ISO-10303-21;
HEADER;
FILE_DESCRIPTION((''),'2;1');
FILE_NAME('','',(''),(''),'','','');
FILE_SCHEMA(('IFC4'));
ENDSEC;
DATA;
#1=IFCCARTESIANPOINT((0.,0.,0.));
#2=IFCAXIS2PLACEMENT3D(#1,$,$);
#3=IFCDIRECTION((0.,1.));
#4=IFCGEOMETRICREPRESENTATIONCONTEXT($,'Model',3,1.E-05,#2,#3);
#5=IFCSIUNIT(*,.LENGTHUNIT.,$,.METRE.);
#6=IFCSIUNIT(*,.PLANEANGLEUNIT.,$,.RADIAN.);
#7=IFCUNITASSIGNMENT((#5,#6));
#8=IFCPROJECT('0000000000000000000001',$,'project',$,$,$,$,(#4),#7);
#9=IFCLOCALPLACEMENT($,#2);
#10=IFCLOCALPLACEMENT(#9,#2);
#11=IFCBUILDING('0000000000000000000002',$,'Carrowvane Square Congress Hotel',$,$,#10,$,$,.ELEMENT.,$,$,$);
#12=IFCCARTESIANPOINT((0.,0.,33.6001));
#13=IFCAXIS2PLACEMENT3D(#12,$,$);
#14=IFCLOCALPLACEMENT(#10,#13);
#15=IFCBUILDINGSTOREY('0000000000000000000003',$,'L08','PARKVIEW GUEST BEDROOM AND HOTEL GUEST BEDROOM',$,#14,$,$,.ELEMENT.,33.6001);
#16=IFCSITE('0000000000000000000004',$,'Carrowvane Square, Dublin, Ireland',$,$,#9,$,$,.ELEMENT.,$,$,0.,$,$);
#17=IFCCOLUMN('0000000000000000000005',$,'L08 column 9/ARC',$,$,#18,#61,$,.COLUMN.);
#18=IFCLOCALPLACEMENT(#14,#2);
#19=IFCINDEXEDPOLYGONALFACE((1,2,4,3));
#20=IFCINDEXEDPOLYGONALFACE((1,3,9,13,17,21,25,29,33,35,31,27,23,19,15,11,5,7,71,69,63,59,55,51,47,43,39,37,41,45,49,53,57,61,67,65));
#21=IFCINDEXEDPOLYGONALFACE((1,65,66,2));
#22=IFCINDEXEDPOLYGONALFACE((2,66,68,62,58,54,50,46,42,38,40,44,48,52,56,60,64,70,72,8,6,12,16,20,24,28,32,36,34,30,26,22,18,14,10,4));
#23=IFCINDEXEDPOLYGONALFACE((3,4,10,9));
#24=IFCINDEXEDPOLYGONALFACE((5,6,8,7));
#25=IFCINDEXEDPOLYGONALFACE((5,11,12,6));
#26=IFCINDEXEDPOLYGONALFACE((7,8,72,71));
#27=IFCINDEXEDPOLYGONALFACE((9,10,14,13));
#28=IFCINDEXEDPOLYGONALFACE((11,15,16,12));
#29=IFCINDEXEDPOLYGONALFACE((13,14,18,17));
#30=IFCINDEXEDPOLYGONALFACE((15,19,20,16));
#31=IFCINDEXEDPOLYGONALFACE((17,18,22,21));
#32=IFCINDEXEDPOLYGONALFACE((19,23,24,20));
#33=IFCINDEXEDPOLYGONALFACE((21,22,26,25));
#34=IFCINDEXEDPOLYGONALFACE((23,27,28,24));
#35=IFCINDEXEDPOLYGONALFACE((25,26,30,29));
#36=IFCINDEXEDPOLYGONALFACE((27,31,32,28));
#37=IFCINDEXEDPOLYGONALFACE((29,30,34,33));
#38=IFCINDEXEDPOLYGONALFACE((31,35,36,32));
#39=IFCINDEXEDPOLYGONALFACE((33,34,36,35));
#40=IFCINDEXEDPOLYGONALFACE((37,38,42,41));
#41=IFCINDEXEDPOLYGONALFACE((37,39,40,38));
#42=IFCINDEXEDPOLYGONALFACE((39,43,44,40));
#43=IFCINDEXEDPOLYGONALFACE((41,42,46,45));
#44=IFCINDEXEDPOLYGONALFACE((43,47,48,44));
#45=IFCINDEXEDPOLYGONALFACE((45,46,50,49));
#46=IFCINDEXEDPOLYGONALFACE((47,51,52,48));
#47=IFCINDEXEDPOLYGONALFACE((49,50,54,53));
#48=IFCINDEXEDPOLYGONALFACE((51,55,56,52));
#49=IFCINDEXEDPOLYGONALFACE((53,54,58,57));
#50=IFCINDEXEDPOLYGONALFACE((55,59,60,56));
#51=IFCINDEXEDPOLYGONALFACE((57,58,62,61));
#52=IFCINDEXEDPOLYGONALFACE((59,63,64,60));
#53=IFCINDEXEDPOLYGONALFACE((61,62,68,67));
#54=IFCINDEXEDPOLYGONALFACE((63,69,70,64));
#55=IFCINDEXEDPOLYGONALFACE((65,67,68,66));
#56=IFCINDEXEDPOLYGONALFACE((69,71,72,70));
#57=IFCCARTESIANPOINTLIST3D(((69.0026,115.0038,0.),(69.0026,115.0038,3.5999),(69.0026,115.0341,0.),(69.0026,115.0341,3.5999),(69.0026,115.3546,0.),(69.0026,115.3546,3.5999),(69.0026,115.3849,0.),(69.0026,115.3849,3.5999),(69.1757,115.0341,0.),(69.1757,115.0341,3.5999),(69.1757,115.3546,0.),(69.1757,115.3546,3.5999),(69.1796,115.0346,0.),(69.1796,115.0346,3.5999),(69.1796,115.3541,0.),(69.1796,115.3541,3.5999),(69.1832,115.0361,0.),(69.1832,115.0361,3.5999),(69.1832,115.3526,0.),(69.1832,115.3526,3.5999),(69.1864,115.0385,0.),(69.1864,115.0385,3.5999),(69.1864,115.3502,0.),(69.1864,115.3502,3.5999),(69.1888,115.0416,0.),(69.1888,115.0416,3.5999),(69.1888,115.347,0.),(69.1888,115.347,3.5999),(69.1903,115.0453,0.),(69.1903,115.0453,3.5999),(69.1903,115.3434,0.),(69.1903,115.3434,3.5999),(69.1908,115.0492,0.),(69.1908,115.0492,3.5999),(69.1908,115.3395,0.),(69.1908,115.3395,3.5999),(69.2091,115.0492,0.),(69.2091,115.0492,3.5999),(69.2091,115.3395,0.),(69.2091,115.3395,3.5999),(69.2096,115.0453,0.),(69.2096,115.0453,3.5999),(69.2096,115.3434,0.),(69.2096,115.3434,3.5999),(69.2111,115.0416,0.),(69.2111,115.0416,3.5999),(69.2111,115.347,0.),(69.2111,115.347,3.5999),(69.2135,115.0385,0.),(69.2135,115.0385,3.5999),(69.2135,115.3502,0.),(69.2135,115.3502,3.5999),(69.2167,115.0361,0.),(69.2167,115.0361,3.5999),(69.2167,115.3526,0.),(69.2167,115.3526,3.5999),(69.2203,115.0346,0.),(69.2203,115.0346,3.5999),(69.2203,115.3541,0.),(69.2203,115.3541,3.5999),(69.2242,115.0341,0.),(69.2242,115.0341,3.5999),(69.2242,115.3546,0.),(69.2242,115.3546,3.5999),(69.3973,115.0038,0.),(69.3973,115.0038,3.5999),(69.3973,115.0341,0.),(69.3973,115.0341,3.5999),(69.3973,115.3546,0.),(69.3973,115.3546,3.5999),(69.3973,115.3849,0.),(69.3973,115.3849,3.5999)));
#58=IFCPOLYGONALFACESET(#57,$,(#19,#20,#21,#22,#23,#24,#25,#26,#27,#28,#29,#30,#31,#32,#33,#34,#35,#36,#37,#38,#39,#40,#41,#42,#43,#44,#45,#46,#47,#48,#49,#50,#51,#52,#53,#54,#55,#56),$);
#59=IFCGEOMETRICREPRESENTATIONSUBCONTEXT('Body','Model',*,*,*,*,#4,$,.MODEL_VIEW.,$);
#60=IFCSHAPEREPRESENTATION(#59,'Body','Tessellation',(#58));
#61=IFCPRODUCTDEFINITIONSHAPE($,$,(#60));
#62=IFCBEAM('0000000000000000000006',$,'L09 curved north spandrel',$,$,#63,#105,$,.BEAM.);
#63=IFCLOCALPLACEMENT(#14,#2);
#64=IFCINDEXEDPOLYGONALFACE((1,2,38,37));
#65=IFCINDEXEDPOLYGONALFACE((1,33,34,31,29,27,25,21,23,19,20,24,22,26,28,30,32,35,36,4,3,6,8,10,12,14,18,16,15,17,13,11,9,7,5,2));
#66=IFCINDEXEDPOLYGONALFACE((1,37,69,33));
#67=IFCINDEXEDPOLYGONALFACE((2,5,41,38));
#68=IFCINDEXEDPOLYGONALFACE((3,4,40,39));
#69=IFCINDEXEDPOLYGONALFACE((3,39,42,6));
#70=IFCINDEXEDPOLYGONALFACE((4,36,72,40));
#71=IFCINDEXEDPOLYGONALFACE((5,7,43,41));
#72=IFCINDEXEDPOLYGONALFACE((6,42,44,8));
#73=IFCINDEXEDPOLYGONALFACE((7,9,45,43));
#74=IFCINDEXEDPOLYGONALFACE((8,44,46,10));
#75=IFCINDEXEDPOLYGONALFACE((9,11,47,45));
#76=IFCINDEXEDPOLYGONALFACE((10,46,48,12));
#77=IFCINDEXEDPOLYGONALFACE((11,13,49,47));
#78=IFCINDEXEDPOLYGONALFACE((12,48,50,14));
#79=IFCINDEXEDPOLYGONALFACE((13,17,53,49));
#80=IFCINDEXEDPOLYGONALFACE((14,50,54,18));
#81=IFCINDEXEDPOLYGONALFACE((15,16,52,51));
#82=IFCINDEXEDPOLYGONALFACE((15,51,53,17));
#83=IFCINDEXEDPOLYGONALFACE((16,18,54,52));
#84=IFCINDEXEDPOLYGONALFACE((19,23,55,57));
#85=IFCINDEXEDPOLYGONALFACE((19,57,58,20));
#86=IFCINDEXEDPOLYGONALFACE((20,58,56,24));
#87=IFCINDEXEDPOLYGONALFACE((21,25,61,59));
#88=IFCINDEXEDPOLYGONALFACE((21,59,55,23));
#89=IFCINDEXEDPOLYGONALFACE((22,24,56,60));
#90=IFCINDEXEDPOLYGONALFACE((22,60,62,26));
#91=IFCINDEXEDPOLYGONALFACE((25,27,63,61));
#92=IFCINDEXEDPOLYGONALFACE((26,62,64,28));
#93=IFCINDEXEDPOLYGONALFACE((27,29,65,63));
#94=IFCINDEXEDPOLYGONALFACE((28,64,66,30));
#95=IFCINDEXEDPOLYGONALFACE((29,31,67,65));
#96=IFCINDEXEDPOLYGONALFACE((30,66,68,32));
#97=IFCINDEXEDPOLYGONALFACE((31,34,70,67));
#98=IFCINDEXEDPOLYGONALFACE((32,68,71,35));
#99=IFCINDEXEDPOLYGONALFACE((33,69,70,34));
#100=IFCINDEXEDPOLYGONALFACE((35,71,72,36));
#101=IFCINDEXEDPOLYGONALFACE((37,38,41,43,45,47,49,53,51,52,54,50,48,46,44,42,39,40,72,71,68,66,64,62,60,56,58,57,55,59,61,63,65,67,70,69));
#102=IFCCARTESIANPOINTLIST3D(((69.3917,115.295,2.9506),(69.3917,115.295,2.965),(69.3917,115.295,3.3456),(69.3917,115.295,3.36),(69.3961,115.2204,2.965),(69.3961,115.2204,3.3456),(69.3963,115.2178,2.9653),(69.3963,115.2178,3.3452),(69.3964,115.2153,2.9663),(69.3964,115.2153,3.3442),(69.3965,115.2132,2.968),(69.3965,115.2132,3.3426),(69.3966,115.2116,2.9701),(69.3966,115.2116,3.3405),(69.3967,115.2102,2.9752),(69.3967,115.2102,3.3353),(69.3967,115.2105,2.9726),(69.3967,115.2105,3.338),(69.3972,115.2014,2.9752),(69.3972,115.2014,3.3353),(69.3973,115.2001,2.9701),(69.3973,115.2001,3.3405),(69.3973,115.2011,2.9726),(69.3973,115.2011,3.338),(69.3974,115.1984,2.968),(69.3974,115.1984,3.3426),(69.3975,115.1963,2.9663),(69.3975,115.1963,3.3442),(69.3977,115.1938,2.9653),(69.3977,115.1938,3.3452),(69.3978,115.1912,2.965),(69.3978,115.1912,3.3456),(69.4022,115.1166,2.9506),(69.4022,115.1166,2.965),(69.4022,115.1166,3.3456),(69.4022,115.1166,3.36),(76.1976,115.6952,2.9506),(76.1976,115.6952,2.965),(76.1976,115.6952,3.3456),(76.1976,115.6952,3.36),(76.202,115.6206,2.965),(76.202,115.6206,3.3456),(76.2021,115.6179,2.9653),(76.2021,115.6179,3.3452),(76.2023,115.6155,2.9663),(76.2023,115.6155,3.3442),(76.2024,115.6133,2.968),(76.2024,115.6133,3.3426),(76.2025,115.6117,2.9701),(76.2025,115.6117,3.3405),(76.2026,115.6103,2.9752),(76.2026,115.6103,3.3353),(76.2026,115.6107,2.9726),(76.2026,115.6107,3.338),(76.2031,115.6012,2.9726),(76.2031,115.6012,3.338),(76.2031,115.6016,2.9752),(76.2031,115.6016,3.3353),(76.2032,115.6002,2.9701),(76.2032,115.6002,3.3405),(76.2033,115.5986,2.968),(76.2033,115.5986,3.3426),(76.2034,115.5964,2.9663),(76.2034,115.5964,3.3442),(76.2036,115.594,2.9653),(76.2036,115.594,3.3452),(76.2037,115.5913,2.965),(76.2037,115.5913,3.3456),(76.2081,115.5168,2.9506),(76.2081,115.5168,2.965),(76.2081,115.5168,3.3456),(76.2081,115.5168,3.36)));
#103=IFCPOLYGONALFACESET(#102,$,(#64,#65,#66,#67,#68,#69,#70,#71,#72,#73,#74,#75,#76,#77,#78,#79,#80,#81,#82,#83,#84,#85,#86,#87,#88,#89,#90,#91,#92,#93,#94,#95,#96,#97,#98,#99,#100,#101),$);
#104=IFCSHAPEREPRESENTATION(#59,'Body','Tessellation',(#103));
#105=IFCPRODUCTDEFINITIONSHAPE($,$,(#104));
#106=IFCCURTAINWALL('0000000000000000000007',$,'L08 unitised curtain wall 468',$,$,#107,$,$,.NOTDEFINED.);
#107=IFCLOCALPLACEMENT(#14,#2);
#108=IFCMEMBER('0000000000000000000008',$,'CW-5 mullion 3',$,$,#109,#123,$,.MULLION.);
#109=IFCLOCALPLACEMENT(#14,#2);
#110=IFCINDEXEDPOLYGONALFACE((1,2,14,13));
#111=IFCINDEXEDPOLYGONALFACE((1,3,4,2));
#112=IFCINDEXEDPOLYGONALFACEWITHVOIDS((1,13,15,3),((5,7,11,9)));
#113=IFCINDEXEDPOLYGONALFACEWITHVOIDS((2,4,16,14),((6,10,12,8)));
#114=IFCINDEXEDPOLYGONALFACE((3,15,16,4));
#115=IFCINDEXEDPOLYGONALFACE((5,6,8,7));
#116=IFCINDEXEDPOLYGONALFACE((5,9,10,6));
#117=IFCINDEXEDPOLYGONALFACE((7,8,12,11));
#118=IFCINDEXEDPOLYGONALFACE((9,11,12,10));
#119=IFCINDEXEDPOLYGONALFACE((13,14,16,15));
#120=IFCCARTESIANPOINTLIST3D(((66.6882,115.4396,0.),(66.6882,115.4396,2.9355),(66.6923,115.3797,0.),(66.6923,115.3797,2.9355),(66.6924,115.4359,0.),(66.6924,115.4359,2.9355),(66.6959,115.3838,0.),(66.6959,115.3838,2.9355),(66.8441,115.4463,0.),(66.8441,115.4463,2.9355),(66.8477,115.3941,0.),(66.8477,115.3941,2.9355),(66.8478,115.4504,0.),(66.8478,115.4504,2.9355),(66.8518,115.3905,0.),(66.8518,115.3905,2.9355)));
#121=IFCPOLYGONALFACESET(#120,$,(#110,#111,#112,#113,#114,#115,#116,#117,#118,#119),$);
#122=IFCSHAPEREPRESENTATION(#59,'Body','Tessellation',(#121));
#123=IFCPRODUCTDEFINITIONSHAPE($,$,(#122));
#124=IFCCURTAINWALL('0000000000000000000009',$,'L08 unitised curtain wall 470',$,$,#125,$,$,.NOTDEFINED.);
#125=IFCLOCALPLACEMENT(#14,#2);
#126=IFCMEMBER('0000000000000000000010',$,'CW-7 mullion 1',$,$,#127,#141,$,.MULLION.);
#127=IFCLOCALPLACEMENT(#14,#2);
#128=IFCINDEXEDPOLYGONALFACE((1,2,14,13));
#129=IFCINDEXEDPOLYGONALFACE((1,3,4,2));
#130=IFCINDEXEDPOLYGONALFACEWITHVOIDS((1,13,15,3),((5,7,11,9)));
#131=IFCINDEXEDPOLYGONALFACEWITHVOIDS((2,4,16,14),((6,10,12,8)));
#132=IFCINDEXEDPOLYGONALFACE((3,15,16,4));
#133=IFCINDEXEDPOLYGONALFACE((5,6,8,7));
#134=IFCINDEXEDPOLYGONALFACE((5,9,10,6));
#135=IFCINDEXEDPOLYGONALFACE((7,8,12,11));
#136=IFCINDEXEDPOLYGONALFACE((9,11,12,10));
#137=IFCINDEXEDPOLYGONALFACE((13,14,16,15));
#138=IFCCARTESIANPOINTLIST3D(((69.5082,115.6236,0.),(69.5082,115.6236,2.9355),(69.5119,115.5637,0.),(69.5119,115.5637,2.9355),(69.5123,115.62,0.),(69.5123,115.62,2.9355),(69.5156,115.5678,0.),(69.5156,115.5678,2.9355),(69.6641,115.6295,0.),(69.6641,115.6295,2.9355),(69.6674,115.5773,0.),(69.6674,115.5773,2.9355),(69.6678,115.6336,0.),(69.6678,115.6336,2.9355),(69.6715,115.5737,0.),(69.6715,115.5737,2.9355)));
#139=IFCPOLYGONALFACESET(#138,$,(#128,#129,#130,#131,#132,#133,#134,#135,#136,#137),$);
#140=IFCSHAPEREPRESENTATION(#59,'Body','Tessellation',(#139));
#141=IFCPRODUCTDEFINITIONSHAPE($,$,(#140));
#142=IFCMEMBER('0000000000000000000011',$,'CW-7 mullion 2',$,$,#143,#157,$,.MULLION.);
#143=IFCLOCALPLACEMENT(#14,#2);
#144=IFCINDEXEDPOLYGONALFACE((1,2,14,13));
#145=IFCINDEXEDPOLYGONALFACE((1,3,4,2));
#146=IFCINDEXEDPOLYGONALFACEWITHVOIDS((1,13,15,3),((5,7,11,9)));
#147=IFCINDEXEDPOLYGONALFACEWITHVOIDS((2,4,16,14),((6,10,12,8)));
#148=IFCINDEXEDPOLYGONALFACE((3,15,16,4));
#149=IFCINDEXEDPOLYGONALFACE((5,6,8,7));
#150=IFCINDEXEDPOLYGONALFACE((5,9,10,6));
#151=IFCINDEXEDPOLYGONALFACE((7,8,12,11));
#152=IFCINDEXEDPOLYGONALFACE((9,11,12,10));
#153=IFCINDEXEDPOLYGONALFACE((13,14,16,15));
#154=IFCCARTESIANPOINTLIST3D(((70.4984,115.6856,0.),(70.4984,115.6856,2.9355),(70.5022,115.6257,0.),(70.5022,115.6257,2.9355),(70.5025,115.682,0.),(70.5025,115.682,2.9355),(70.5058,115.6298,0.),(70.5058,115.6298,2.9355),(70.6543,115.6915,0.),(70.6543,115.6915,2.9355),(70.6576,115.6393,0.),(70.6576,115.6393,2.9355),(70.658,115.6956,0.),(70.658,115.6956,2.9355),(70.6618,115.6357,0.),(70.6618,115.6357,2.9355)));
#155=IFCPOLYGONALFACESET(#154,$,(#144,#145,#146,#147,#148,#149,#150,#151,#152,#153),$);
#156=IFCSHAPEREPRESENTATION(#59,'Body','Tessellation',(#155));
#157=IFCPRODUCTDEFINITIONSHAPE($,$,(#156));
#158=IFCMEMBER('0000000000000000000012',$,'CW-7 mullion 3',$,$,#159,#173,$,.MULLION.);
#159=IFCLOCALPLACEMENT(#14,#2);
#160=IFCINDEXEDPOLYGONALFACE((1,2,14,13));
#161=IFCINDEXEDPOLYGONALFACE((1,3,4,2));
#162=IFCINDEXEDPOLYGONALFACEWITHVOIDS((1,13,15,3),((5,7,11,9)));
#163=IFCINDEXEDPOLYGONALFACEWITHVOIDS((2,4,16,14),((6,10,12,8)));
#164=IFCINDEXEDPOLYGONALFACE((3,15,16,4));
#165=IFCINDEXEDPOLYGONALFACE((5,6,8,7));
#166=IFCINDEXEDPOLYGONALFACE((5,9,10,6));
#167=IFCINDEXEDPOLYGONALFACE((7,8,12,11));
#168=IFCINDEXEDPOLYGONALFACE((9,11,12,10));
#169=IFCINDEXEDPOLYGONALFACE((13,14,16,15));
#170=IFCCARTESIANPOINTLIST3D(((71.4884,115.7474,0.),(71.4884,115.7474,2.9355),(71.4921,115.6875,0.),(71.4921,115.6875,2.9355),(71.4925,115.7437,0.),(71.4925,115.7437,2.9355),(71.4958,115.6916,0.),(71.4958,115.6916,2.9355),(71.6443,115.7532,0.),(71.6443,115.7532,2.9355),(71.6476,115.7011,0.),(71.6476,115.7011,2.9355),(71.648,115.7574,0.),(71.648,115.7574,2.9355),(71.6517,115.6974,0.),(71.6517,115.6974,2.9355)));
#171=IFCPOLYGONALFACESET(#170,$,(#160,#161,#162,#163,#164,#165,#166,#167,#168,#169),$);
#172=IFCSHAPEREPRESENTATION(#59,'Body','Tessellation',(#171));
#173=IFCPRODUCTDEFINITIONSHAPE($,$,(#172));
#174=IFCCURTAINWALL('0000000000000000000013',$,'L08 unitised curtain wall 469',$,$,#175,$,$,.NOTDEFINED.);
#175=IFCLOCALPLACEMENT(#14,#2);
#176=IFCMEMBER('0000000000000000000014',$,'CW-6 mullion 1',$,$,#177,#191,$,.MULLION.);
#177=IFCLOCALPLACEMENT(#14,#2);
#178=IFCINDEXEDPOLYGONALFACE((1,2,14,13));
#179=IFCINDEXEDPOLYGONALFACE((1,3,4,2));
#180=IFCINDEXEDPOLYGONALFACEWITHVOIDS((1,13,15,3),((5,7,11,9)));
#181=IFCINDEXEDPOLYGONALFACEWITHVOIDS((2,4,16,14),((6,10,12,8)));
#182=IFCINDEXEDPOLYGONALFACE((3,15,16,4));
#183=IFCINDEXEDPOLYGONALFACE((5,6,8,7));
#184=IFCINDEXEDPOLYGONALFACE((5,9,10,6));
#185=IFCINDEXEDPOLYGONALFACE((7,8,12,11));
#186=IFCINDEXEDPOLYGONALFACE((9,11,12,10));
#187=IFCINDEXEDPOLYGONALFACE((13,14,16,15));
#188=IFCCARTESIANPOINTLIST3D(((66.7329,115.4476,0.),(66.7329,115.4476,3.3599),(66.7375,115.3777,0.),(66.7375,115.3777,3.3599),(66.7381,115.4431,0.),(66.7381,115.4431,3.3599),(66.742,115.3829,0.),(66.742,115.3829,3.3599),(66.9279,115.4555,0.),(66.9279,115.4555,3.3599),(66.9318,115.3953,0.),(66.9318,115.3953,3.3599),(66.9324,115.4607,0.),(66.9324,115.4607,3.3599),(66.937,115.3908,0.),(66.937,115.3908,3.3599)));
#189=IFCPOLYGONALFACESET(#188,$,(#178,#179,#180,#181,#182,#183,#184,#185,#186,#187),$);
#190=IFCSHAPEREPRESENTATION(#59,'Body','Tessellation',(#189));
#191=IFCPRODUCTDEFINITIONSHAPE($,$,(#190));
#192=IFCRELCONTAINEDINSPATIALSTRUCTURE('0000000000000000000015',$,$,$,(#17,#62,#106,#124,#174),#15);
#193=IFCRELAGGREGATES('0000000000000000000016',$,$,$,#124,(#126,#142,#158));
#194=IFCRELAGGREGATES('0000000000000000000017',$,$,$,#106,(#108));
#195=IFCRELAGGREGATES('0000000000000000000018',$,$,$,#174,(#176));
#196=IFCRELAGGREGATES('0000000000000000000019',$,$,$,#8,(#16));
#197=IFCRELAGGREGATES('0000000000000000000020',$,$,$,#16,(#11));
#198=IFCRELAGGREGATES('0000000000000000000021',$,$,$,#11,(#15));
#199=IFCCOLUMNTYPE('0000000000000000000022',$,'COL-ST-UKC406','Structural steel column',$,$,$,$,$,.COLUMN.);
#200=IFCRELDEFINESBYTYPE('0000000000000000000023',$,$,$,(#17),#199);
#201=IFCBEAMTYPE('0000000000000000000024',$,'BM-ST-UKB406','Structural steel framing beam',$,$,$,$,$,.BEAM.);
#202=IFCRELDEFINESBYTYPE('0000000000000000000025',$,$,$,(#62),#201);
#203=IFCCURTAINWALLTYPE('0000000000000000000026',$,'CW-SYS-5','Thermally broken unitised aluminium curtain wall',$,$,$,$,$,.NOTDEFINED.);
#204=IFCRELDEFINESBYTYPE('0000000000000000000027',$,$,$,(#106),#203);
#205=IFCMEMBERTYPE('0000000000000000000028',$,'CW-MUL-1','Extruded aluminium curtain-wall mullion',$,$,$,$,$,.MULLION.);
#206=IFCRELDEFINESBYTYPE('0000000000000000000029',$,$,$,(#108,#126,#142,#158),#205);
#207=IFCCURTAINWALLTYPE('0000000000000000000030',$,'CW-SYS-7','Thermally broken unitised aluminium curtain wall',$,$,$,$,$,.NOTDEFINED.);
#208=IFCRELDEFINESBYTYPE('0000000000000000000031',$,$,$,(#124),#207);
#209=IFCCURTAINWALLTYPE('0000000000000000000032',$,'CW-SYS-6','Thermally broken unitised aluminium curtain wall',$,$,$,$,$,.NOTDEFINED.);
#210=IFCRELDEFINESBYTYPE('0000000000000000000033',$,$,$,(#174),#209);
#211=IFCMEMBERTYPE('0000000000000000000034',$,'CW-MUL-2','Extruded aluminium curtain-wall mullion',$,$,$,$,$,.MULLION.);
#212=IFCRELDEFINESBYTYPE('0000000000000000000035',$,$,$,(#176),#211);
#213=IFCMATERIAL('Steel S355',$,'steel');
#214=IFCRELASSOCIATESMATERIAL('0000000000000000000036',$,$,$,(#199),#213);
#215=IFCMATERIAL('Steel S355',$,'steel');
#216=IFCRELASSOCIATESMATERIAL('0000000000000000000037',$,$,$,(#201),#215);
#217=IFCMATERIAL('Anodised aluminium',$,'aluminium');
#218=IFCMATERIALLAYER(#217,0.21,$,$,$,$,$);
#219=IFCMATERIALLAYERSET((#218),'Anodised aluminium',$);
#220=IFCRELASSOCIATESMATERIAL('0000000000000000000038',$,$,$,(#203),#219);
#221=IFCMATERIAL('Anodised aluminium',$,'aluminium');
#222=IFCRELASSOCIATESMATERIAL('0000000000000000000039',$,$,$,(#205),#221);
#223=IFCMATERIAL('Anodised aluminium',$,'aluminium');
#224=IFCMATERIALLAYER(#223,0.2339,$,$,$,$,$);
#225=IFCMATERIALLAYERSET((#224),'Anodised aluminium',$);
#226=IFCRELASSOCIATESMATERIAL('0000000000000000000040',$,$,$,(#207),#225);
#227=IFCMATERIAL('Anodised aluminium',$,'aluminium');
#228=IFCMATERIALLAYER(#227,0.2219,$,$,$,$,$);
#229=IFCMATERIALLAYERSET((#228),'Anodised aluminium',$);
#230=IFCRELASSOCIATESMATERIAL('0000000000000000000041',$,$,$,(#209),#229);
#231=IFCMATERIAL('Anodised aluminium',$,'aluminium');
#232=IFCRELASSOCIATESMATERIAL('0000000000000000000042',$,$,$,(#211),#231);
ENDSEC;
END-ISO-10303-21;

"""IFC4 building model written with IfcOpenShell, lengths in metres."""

from ifc_helpers import new_model, si_unit, direction, frame, origin, origin_2d, place, context, subcontext, project, spatial, hollow_rectangle, i_section, extrude, material, layer, layer_set, material_profile, profile_set, type_object, element, aggregate, save


model = new_model("IFC4")

# Units and contexts
model_context = context("Model", 3, precision=1e-05, world=origin(), true_north=direction((0.0, 1.0)))
body_context = subcontext(model_context, "Body", "Model", "MODEL_VIEW")
ifc_project = project(units=[si_unit("LENGTHUNIT", "METRE"), si_unit("PLANEANGLEUNIT", "RADIAN")], contexts=[model_context])

# Site, building, storey
site_placement = place(None, origin())
site = spatial("IfcSite", under=ifc_project, at=site_placement, Name="Carrowvane Square, Dublin, Ireland", CompositionType="ELEMENT", RefElevation=0.0)
building_placement = place(site_placement, origin())
building = spatial("IfcBuilding", under=site, at=building_placement, Name="Carrowvane Square Congress Hotel", CompositionType="ELEMENT")
storey_placement = place(building_placement, frame((0.0, 0.0, 33.6001)))
storey = spatial("IfcBuildingStorey", under=building, at=storey_placement, Name="L08", Description="PARKVIEW GUEST BEDROOM AND HOTEL GUEST BEDROOM", CompositionType="ELEMENT", Elevation=33.6001)

# Column
ifc_material_1 = material(Name="Steel S355", Category="steel")
ifc_material_profile_1 = material_profile(ifc_material_1, i_section(OverallWidth=0.3948, OverallDepth=0.3811, WebThickness=0.0183, FlangeThickness=0.0303, FilletRadius=0.0151, at=origin_2d()), Name="UKC 356x406x235")
ifc_profile_set_1 = profile_set([ifc_material_profile_1], Name="Steel S355")
column_type = type_object("IfcColumnType", Name="COL-ST-UKC406", Description="Structural steel column", PredefinedType="COLUMN", material=ifc_profile_set_1)
column_placement = place(storey_placement, frame((69.2, 115.1943, 0.0), z_axis=(0.0, 0.0, 1.0), x_axis=(1.0, 0.0, 0.0)))
element("IfcColumn", 1, at=column_placement, inside=storey, type_object=column_type, Name="L08 column 9/ARC", PredefinedType="COLUMN", context=body_context, shape_type="SweptSolid", body=[
    extrude(i_section(OverallWidth=0.3948, OverallDepth=0.3811, WebThickness=0.0183, FlangeThickness=0.0303, FilletRadius=0.0151, at=origin_2d()), origin(), (0.0, 0.0, 1.0), 3.5999),
])

# Beam
ifc_material_2 = material(Name="Steel S355", Category="steel")
ifc_material_profile_2 = material_profile(ifc_material_2, i_section(OverallWidth=0.1787, OverallDepth=0.4094, WebThickness=0.0088, FlangeThickness=0.0144, FilletRadius=0.0103, at=origin_2d()), Name="UKB 406x178x67")
ifc_profile_set_2 = profile_set([ifc_material_profile_2], Name="Steel S355")
beam_type = type_object("IfcBeamType", Name="BM-ST-UKB406", Description="Structural steel framing beam", PredefinedType="BEAM", material=ifc_profile_set_2)
beam_placement = place(storey_placement, frame((69.397, 115.2058, 3.1553), z_axis=(0.998276, 0.058693, 0.0), x_axis=(-0.058693, 0.998276, 0.0)))
element("IfcBeam", 2, at=beam_placement, inside=storey, type_object=beam_type, Name="L09 curved north spandrel", PredefinedType="BEAM", context=body_context, shape_type="SweptSolid", body=[
    extrude(i_section(OverallWidth=0.1787, OverallDepth=0.4094, WebThickness=0.0088, FlangeThickness=0.0144, FilletRadius=0.0103, at=origin_2d()), origin(), (0.0, 0.0, 1.0), 6.8176),
])

# Curtain wall, member
ifc_material_3 = material(Name="Anodised aluminium", Category="aluminium")
ifc_layer_1 = layer(ifc_material_3, 0.21)
ifc_layer_set_1 = layer_set([ifc_layer_1], Name="Anodised aluminium")
curtain_wall_type_1 = type_object("IfcCurtainWallType", Name="CW-SYS-5", Description="Thermally broken unitised aluminium curtain wall", PredefinedType="NOTDEFINED", material=ifc_layer_set_1)
curtain_wall_1_placement = place(storey_placement, origin())
curtain_wall_1 = element("IfcCurtainWall", 3, at=curtain_wall_1_placement, inside=storey, type_object=curtain_wall_type_1, Name="L08 unitised curtain wall 468", PredefinedType="NOTDEFINED")
ifc_material_4 = material(Name="Anodised aluminium", Category="aluminium")
ifc_material_profile_3 = material_profile(ifc_material_4, hollow_rectangle(XDim=0.0601, YDim=0.1599, WallThickness=0.0039, at=origin_2d()), Name="CW-ML 60x160x4")
ifc_profile_set_3 = profile_set([ifc_material_profile_3], Name="Anodised aluminium")
member_type_1 = type_object("IfcMemberType", Name="CW-MUL-1", Description="Extruded aluminium curtain-wall mullion", PredefinedType="MULLION", material=ifc_profile_set_3)
member_1_placement = place(storey_placement, frame((66.77, 115.415, 0.0), z_axis=(0.0, 0.0, 1.0), x_axis=(-0.067865, 0.997694, 0.0)))
member_1 = element("IfcMember", 4, at=member_1_placement, type_object=member_type_1, Name="CW-5 mullion 3", PredefinedType="MULLION", context=body_context, shape_type="SweptSolid", body=[
    extrude(hollow_rectangle(XDim=0.0601, YDim=0.1599, WallThickness=0.0039, at=origin_2d()), origin(), (0.0, 0.0, 1.0), 2.9355),
])

# Curtain walls, members
ifc_material_5 = material(Name="Anodised aluminium", Category="aluminium")
ifc_layer_2 = layer(ifc_material_5, 0.2339)
ifc_layer_set_2 = layer_set([ifc_layer_2], Name="Anodised aluminium")
curtain_wall_type_2 = type_object("IfcCurtainWallType", Name="CW-SYS-7", Description="Thermally broken unitised aluminium curtain wall", PredefinedType="NOTDEFINED", material=ifc_layer_set_2)
curtain_wall_2_placement = place(storey_placement, origin())
curtain_wall_2 = element("IfcCurtainWall", 5, at=curtain_wall_2_placement, inside=storey, type_object=curtain_wall_type_2, Name="L08 unitised curtain wall 470", PredefinedType="NOTDEFINED")
member_2_placement = place(storey_placement, frame((69.5898, 115.5986, 0.0), z_axis=(0.0, 0.0, 1.0), x_axis=(-0.062397, 0.998051, 0.0)))
member_2 = element("IfcMember", 6, at=member_2_placement, type_object=member_type_1, Name="CW-7 mullion 1", PredefinedType="MULLION", context=body_context, shape_type="SweptSolid", body=[
    extrude(hollow_rectangle(XDim=0.0601, YDim=0.1599, WallThickness=0.0039, at=origin_2d()), origin(), (0.0, 0.0, 1.0), 2.9355),
])
member_3_placement = place(storey_placement, frame((70.5801, 115.6606, 0.0), z_axis=(0.0, 0.0, 1.0), x_axis=(-0.062397, 0.998051, 0.0)))
member_3 = element("IfcMember", 7, at=member_3_placement, type_object=member_type_1, Name="CW-7 mullion 2", PredefinedType="MULLION", context=body_context, shape_type="SweptSolid", body=[
    extrude(hollow_rectangle(XDim=0.0601, YDim=0.1599, WallThickness=0.0039, at=origin_2d()), origin(), (0.0, 0.0, 1.0), 2.9355),
])
member_4_placement = place(storey_placement, frame((71.5701, 115.7224, 0.0), z_axis=(0.0, 0.0, 1.0), x_axis=(-0.062397, 0.998051, 0.0)))
member_4 = element("IfcMember", 8, at=member_4_placement, type_object=member_type_1, Name="CW-7 mullion 3", PredefinedType="MULLION", context=body_context, shape_type="SweptSolid", body=[
    extrude(hollow_rectangle(XDim=0.0601, YDim=0.1599, WallThickness=0.0039, at=origin_2d()), origin(), (0.0, 0.0, 1.0), 2.9355),
])
ifc_material_6 = material(Name="Anodised aluminium", Category="aluminium")
ifc_layer_3 = layer(ifc_material_6, 0.2219)
ifc_layer_set_3 = layer_set([ifc_layer_3], Name="Anodised aluminium")
curtain_wall_type_3 = type_object("IfcCurtainWallType", Name="CW-SYS-6", Description="Thermally broken unitised aluminium curtain wall", PredefinedType="NOTDEFINED", material=ifc_layer_set_3)
curtain_wall_3_placement = place(storey_placement, origin())
curtain_wall_3 = element("IfcCurtainWall", 9, at=curtain_wall_3_placement, inside=storey, type_object=curtain_wall_type_3, Name="L08 unitised curtain wall 469", PredefinedType="NOTDEFINED")
ifc_material_7 = material(Name="Anodised aluminium", Category="aluminium")
ifc_material_profile_4 = material_profile(ifc_material_7, hollow_rectangle(XDim=0.0701, YDim=0.2, WallThickness=0.0049, at=origin_2d()), Name="CW-ML 70x200x5")
ifc_profile_set_4 = profile_set([ifc_material_profile_4], Name="Anodised aluminium")
member_type_2 = type_object("IfcMemberType", Name="CW-MUL-2", Description="Extruded aluminium curtain-wall mullion", PredefinedType="MULLION", material=ifc_profile_set_4)
member_5_placement = place(storey_placement, frame((66.835, 115.4192, 0.0), z_axis=(0.0, 0.0, 1.0), x_axis=(-0.065412, 0.997858, 0.0)))
member_5 = element("IfcMember", 10, at=member_5_placement, type_object=member_type_2, Name="CW-6 mullion 1", PredefinedType="MULLION", context=body_context, shape_type="SweptSolid", body=[
    extrude(hollow_rectangle(XDim=0.0701, YDim=0.2, WallThickness=0.0049, at=origin_2d()), origin(), (0.0, 0.0, 1.0), 3.3599),
])

aggregate(curtain_wall_2, [member_2, member_3, member_4])
aggregate(curtain_wall_1, [member_1])
aggregate(curtain_wall_3, [member_5])

save(model, "model.ifc")
